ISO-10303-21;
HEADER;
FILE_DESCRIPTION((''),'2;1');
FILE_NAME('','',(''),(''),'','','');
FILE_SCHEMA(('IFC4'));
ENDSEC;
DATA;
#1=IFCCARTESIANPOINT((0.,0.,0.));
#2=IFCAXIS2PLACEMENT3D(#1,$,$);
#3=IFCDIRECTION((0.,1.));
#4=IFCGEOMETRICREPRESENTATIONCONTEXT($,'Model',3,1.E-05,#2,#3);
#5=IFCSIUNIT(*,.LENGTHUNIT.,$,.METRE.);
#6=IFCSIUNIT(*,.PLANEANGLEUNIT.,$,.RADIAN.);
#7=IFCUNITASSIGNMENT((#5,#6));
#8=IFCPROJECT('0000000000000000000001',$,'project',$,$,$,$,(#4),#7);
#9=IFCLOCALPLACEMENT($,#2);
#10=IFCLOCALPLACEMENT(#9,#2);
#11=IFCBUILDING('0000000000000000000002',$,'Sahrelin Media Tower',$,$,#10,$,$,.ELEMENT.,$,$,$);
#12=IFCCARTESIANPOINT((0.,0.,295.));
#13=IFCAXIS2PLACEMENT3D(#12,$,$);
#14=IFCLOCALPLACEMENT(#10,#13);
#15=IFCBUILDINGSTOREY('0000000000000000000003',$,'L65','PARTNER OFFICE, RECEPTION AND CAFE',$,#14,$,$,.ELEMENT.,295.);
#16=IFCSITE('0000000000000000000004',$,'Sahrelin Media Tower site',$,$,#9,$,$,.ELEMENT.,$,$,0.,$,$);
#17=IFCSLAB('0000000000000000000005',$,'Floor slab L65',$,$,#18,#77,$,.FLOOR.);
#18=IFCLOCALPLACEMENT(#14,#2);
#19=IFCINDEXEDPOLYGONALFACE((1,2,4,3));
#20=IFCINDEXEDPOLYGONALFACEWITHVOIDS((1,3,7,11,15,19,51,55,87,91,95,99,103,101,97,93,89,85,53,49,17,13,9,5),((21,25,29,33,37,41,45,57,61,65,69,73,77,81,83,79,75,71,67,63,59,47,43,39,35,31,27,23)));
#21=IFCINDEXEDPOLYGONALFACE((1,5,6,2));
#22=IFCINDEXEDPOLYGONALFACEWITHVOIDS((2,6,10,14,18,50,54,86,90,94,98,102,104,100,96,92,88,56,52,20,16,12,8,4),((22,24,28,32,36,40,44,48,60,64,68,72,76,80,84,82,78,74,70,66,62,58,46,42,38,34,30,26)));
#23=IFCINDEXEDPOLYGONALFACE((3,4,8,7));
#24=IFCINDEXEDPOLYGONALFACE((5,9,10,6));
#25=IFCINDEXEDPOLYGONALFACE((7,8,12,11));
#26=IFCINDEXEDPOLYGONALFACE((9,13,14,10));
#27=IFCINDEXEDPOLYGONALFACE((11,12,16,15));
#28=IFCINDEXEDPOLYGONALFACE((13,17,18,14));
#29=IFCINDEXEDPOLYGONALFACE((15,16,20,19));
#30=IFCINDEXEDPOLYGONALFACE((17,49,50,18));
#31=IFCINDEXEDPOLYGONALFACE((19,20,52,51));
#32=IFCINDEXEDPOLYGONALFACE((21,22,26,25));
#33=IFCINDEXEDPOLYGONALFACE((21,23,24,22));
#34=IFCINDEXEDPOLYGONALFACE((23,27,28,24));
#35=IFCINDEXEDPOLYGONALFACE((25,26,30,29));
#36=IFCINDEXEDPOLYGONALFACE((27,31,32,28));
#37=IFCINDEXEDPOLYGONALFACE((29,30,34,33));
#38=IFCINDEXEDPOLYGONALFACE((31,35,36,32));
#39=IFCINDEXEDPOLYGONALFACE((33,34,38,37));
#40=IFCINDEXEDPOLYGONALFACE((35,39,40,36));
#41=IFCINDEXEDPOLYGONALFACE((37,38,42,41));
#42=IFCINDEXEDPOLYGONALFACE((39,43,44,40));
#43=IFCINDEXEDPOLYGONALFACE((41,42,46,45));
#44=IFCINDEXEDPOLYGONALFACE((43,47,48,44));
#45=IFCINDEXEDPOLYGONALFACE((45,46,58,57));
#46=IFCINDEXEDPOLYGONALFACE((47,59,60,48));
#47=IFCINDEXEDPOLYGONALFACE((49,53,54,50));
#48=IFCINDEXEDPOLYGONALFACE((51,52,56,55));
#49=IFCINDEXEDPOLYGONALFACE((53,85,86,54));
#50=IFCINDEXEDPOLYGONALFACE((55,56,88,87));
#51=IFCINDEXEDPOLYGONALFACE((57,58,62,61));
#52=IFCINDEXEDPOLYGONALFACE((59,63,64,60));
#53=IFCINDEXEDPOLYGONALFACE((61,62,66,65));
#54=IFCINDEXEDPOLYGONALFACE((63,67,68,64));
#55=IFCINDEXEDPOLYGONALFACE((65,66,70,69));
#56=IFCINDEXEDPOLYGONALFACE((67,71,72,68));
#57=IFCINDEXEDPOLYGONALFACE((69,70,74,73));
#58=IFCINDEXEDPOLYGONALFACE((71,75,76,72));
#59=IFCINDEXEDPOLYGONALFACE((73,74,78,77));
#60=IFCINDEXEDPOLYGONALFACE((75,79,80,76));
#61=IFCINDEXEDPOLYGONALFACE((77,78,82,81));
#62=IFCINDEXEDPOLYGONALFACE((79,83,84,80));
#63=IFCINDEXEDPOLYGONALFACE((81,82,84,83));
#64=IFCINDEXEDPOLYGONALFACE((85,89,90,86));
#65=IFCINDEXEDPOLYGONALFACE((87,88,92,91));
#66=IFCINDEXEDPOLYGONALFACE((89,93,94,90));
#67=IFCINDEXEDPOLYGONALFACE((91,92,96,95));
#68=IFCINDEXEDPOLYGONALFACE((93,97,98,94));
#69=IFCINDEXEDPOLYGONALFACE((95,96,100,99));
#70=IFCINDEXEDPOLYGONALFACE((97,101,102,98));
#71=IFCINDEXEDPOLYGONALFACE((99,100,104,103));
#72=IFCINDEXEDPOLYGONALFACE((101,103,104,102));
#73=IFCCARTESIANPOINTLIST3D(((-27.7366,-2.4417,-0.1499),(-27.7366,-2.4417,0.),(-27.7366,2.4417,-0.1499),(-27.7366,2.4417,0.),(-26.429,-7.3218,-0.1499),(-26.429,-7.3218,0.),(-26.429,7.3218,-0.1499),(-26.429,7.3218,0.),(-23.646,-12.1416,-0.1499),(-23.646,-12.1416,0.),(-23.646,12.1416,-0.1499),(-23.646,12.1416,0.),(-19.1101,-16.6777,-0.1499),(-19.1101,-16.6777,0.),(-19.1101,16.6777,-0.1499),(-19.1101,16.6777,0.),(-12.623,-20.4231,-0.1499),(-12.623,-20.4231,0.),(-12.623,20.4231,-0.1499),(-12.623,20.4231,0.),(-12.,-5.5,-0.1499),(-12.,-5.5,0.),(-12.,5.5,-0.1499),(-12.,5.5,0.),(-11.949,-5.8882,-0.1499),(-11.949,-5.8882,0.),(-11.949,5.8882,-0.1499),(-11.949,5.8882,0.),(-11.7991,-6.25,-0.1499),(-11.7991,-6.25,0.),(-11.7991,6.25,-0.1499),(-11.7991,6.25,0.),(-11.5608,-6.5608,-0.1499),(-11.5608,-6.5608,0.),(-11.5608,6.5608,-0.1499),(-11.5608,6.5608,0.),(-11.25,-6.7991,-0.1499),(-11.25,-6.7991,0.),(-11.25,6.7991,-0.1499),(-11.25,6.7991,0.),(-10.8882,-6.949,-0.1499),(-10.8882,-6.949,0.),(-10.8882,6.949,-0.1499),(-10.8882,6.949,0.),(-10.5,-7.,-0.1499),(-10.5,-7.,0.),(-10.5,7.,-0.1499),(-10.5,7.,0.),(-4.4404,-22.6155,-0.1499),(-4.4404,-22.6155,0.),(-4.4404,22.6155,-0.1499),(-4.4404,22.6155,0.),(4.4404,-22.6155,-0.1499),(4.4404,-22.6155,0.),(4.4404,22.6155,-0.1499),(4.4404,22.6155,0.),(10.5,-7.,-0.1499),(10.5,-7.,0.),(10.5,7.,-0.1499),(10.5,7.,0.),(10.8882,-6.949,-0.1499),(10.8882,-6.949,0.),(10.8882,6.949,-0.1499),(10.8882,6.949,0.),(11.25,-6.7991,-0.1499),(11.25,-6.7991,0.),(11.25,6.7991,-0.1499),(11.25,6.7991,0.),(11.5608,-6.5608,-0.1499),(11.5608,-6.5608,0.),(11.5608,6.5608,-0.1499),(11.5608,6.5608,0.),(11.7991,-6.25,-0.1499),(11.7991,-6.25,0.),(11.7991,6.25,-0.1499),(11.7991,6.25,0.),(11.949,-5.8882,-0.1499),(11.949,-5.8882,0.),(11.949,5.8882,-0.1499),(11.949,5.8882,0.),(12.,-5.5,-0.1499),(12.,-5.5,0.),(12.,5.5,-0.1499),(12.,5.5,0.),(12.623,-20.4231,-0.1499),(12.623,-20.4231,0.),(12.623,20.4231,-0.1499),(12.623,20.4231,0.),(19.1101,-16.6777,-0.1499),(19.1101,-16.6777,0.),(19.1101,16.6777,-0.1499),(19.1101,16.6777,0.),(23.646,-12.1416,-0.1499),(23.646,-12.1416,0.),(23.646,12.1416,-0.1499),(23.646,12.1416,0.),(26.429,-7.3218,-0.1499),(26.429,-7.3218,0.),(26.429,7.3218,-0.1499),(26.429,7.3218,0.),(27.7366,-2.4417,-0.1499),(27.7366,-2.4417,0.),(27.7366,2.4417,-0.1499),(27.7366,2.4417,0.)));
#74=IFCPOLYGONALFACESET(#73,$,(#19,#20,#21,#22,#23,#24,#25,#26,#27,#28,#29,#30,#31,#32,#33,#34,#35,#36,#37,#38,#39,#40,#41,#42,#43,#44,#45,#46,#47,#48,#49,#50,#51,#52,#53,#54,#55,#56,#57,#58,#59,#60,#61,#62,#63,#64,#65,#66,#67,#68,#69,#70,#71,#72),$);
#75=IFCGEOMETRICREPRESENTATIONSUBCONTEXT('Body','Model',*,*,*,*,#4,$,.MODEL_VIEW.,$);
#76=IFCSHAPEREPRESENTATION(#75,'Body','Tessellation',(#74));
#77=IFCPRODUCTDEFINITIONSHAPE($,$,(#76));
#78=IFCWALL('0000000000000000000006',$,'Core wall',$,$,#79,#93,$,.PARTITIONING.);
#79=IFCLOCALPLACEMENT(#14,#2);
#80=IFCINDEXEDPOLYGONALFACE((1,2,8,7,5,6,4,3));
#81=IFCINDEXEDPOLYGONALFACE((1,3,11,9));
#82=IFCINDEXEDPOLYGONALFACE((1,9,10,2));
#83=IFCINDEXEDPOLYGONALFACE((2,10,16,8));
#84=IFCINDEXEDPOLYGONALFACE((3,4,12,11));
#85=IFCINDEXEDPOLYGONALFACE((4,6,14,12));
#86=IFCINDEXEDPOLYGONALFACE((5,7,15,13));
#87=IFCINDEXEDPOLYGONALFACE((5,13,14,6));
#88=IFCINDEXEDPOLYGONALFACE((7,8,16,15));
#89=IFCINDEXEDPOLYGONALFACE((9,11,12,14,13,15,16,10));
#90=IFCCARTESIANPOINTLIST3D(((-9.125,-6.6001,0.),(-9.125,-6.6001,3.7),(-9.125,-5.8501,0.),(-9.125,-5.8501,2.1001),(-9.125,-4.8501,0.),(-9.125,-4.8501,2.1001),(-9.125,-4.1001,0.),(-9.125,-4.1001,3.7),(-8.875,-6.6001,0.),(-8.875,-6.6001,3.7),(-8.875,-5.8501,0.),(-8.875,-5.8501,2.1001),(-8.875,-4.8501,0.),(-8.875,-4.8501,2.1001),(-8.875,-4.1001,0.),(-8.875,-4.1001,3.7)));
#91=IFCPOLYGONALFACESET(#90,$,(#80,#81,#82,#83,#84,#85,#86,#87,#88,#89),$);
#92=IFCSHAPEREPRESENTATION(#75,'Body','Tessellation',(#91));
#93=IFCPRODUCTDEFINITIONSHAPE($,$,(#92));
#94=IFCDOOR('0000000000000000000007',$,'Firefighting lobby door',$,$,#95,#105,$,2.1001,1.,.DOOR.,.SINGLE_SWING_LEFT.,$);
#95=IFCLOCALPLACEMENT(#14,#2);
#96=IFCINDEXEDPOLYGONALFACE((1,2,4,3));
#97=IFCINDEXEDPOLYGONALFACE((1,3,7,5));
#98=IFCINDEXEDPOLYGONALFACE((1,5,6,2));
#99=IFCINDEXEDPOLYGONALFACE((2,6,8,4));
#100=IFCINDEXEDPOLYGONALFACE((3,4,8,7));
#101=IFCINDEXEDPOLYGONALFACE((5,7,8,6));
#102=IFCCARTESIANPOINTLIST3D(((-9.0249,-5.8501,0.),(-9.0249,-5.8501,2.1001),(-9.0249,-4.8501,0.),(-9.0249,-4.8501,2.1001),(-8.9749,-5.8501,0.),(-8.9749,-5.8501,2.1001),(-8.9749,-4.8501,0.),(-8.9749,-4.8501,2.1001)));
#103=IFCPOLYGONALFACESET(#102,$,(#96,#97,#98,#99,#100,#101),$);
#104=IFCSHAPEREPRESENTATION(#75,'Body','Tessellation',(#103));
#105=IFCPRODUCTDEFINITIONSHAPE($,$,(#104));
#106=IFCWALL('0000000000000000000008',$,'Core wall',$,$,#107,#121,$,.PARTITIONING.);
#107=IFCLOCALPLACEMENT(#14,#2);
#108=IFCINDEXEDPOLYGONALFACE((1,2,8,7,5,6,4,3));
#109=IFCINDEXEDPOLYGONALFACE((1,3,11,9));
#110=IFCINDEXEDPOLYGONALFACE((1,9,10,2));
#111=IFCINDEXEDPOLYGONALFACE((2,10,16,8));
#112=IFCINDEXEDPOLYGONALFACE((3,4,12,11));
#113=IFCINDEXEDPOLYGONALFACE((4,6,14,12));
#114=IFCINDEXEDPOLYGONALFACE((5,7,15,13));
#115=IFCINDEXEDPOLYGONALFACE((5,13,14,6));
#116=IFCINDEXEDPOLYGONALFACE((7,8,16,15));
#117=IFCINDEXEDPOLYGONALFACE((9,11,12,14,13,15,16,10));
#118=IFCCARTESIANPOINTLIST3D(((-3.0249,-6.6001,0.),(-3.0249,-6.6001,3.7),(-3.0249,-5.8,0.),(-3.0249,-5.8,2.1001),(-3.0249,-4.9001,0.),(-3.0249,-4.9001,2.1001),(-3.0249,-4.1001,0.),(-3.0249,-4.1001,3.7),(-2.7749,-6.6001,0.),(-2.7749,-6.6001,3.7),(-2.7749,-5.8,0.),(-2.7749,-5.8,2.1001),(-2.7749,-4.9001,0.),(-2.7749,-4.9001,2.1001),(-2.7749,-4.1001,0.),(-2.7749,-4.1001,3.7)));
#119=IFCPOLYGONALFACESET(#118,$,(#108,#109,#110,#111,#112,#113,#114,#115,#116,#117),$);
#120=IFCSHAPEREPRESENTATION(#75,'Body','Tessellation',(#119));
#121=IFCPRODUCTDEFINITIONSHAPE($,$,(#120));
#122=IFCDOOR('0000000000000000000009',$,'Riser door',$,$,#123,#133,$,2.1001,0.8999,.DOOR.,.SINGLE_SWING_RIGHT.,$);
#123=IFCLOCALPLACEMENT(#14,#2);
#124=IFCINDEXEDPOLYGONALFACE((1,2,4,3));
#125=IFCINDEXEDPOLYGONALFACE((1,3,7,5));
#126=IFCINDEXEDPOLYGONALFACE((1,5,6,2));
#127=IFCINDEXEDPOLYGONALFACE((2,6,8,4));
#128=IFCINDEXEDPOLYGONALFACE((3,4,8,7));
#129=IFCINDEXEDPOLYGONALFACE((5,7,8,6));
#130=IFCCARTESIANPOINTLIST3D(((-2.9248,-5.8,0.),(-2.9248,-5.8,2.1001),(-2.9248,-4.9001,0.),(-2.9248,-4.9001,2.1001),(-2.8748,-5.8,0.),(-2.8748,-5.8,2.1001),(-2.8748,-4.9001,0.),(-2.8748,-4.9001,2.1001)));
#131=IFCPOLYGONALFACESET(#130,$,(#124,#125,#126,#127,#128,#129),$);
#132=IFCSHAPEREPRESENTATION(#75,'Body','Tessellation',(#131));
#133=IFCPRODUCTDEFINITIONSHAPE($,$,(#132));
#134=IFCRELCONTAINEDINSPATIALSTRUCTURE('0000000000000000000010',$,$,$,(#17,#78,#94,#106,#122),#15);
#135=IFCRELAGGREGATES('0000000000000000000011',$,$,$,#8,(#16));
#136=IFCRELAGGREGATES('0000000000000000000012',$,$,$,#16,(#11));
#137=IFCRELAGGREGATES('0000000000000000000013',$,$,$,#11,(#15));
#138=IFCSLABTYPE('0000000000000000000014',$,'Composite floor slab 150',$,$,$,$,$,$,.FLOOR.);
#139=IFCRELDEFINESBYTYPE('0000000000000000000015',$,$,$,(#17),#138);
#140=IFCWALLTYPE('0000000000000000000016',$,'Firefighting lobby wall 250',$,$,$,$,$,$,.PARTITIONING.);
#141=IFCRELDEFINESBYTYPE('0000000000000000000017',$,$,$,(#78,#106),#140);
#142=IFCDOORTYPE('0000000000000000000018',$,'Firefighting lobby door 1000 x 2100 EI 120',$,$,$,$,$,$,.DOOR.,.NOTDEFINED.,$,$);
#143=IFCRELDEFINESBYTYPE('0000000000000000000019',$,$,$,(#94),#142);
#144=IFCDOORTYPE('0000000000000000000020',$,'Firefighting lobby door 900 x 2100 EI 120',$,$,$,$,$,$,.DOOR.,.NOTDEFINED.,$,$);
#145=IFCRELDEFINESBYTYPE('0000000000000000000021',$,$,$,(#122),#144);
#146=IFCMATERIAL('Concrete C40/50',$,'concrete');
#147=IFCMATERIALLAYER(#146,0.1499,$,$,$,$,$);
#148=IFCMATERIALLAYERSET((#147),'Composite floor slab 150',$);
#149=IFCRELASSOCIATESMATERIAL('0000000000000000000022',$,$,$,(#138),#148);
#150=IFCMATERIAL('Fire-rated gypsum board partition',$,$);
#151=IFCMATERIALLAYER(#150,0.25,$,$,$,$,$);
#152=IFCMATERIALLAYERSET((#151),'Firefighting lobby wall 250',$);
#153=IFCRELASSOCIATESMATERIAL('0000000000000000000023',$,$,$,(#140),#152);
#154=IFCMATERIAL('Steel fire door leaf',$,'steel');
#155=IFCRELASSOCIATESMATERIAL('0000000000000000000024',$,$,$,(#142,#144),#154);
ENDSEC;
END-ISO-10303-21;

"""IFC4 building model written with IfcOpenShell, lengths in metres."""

from ifc_helpers import new_model, si_unit, direction, frame, frame_2d, origin, place, context, subcontext, project, spatial, polyline, rectangle, outline, extrude, material, layer, layer_set, type_object, element, fill, save


model = new_model("IFC4")

# Units and contexts
model_context = context("Model", 3, precision=1e-05, world=origin(), true_north=direction((0.0, 1.0)))
body_context = subcontext(model_context, "Body", "Model", "MODEL_VIEW")
ifc_project = project(units=[si_unit("LENGTHUNIT", "METRE"), si_unit("PLANEANGLEUNIT", "RADIAN")], contexts=[model_context])

# Site, building, storey
site_placement = place(None, origin())
site = spatial("IfcSite", under=ifc_project, at=site_placement, Name="Sahrelin Media Tower site", CompositionType="ELEMENT", RefElevation=0.0)
building_placement = place(site_placement, origin())
building = spatial("IfcBuilding", under=site, at=building_placement, Name="Sahrelin Media Tower", CompositionType="ELEMENT")
storey_placement = place(building_placement, frame((0.0, 0.0, 295.0)))
storey = spatial("IfcBuildingStorey", under=building, at=storey_placement, Name="L65", Description="PARTNER OFFICE, RECEPTION AND CAFE", CompositionType="ELEMENT", Elevation=295.0)

# Slab
ifc_material_1 = material(Name="Concrete C40/50", Category="concrete")
ifc_layer_1 = layer(ifc_material_1, 0.1499)
ifc_layer_set_1 = layer_set([ifc_layer_1], Name="Composite floor slab 150")
slab_type = type_object("IfcSlabType", Name="Composite floor slab 150", PredefinedType="FLOOR", material=ifc_layer_set_1)
slab_placement = place(storey_placement, frame((0.0, 0.0, -0.1499)))
element("IfcSlab", 1, at=slab_placement, inside=storey, type_object=slab_type, Name="Floor slab L65", PredefinedType="FLOOR", context=body_context, shape_type="SweptSolid", body=[
    extrude(outline(polyline([(27.7366, -2.4417), (27.7366, 2.4417), (26.429, 7.3218), (23.646, 12.1416), (19.1101, 16.6777), (12.623, 20.4231), (4.4404, 22.6155), (-4.4404, 22.6155), (-12.623, 20.4231), (-19.1101, 16.6777), (-23.646, 12.1416), (-26.429, 7.3218), (-27.7366, 2.4417), (-27.7366, -2.4417), (-26.429, -7.3218), (-23.646, -12.1416), (-19.1101, -16.6777), (-12.623, -20.4231), (-4.4404, -22.6155), (4.4404, -22.6155), (12.623, -20.4231), (19.1101, -16.6777), (23.646, -12.1416), (26.429, -7.3218), (27.7366, -2.4417)]), holes=[polyline([(11.949, 5.8882), (12.0, 5.5), (12.0, -5.5), (11.949, -5.8882), (11.7991, -6.25), (11.5608, -6.5608), (11.25, -6.7991), (10.8882, -6.949), (10.5, -7.0), (-10.5, -7.0), (-10.8882, -6.949), (-11.25, -6.7991), (-11.5608, -6.5608), (-11.7991, -6.25), (-11.949, -5.8882), (-12.0, -5.5), (-12.0, 5.5), (-11.949, 5.8882), (-11.7991, 6.25), (-11.5608, 6.5608), (-11.25, 6.7991), (-10.8882, 6.949), (-10.5, 7.0), (10.5, 7.0), (10.8882, 6.949), (11.25, 6.7991), (11.5608, 6.5608), (11.7991, 6.25), (11.949, 5.8882)])]), origin(), (0.0, 0.0, 1.0), 0.1499),
])

# Walls, openings, doors
ifc_material_2 = material(Name="Fire-rated gypsum board partition")
ifc_layer_2 = layer(ifc_material_2, 0.25)
ifc_layer_set_2 = layer_set([ifc_layer_2], Name="Firefighting lobby wall 250")
wall_type_1 = type_object("IfcWallType", Name="Firefighting lobby wall 250", PredefinedType="PARTITIONING", material=ifc_layer_set_2)
wall_1_placement = place(storey_placement, frame((-9.0, -6.6001, 0.0), z_axis=(0.0, 0.0, 1.0), x_axis=(0.0, 1.0, 0.0)))
wall_1 = element("IfcWall", 2, at=wall_1_placement, inside=storey, type_object=wall_type_1, Name="Core wall", PredefinedType="PARTITIONING", context=body_context, shape_type="SweptSolid", body=[
    extrude(rectangle(XDim=2.5, YDim=0.25, at=frame_2d((1.25, 0.0))), origin(), (0.0, 0.0, 1.0), 3.7),
])
opening_1_placement = place(wall_1_placement, frame((0.75, 0.0, 0.0)))
opening_1 = element("IfcOpeningElement", 3, at=opening_1_placement, cuts=wall_1, PredefinedType="OPENING", context=body_context, shape_type="SweptSolid", body=[
    extrude(rectangle(XDim=1.0, YDim=2.1001, at=frame_2d((0.5, 1.05))), frame((0.0, 0.125, 0.0), z_axis=(0.0, -1.0, 0.0), x_axis=(1.0, 0.0, 0.0)), (0.0, 0.0, 1.0), 0.25),
])
ifc_material_3 = material(Name="Steel fire door leaf", Category="steel")
door_type_1 = type_object("IfcDoorType", Name="Firefighting lobby door 1000 x 2100 EI 120", OperationType="NOTDEFINED", PredefinedType="DOOR", material=ifc_material_3)
door_1_placement = place(opening_1_placement, origin())
door_1 = element("IfcDoor", 4, at=door_1_placement, inside=storey, type_object=door_type_1, Name="Firefighting lobby door", OperationType="SINGLE_SWING_LEFT", OverallHeight=2.1001, OverallWidth=1.0, PredefinedType="DOOR", context=body_context, shape_type="SweptSolid", body=[
    extrude(rectangle(XDim=1.0, YDim=2.1001, at=frame_2d((0.5, 1.05))), frame((0.0, 0.0249, 0.0), z_axis=(0.0, -1.0, 0.0), x_axis=(1.0, 0.0, 0.0)), (0.0, 0.0, 1.0), 0.05),
])
fill(opening_1, door_1)
wall_2_placement = place(storey_placement, frame((-2.8999, -6.6001, 0.0), z_axis=(0.0, 0.0, 1.0), x_axis=(0.0, 1.0, 0.0)))
wall_2 = element("IfcWall", 5, at=wall_2_placement, inside=storey, type_object=wall_type_1, Name="Core wall", PredefinedType="PARTITIONING", context=body_context, shape_type="SweptSolid", body=[
    extrude(rectangle(XDim=2.5, YDim=0.25, at=frame_2d((1.25, 0.0))), origin(), (0.0, 0.0, 1.0), 3.7),
])
opening_2_placement = place(wall_2_placement, frame((0.8, 0.0, 0.0)))
opening_2 = element("IfcOpeningElement", 6, at=opening_2_placement, cuts=wall_2, PredefinedType="OPENING", context=body_context, shape_type="SweptSolid", body=[
    extrude(rectangle(XDim=0.8999, YDim=2.1001, at=frame_2d((0.45, 1.05))), frame((0.0, 0.125, 0.0), z_axis=(0.0, -1.0, 0.0), x_axis=(1.0, 0.0, 0.0)), (0.0, 0.0, 1.0), 0.25),
])
door_type_2 = type_object("IfcDoorType", Name="Firefighting lobby door 900 x 2100 EI 120", OperationType="NOTDEFINED", PredefinedType="DOOR", material=ifc_material_3)
door_2_placement = place(opening_2_placement, origin())
door_2 = element("IfcDoor", 7, at=door_2_placement, inside=storey, type_object=door_type_2, Name="Riser door", OperationType="SINGLE_SWING_RIGHT", OverallHeight=2.1001, OverallWidth=0.8999, PredefinedType="DOOR", context=body_context, shape_type="SweptSolid", body=[
    extrude(rectangle(XDim=0.8999, YDim=2.1001, at=frame_2d((0.45, 1.05))), frame((0.0, 0.0249, 0.0), z_axis=(0.0, -1.0, 0.0), x_axis=(1.0, 0.0, 0.0)), (0.0, 0.0, 1.0), 0.05),
])
fill(opening_2, door_2)

save(model, "model.ifc")
